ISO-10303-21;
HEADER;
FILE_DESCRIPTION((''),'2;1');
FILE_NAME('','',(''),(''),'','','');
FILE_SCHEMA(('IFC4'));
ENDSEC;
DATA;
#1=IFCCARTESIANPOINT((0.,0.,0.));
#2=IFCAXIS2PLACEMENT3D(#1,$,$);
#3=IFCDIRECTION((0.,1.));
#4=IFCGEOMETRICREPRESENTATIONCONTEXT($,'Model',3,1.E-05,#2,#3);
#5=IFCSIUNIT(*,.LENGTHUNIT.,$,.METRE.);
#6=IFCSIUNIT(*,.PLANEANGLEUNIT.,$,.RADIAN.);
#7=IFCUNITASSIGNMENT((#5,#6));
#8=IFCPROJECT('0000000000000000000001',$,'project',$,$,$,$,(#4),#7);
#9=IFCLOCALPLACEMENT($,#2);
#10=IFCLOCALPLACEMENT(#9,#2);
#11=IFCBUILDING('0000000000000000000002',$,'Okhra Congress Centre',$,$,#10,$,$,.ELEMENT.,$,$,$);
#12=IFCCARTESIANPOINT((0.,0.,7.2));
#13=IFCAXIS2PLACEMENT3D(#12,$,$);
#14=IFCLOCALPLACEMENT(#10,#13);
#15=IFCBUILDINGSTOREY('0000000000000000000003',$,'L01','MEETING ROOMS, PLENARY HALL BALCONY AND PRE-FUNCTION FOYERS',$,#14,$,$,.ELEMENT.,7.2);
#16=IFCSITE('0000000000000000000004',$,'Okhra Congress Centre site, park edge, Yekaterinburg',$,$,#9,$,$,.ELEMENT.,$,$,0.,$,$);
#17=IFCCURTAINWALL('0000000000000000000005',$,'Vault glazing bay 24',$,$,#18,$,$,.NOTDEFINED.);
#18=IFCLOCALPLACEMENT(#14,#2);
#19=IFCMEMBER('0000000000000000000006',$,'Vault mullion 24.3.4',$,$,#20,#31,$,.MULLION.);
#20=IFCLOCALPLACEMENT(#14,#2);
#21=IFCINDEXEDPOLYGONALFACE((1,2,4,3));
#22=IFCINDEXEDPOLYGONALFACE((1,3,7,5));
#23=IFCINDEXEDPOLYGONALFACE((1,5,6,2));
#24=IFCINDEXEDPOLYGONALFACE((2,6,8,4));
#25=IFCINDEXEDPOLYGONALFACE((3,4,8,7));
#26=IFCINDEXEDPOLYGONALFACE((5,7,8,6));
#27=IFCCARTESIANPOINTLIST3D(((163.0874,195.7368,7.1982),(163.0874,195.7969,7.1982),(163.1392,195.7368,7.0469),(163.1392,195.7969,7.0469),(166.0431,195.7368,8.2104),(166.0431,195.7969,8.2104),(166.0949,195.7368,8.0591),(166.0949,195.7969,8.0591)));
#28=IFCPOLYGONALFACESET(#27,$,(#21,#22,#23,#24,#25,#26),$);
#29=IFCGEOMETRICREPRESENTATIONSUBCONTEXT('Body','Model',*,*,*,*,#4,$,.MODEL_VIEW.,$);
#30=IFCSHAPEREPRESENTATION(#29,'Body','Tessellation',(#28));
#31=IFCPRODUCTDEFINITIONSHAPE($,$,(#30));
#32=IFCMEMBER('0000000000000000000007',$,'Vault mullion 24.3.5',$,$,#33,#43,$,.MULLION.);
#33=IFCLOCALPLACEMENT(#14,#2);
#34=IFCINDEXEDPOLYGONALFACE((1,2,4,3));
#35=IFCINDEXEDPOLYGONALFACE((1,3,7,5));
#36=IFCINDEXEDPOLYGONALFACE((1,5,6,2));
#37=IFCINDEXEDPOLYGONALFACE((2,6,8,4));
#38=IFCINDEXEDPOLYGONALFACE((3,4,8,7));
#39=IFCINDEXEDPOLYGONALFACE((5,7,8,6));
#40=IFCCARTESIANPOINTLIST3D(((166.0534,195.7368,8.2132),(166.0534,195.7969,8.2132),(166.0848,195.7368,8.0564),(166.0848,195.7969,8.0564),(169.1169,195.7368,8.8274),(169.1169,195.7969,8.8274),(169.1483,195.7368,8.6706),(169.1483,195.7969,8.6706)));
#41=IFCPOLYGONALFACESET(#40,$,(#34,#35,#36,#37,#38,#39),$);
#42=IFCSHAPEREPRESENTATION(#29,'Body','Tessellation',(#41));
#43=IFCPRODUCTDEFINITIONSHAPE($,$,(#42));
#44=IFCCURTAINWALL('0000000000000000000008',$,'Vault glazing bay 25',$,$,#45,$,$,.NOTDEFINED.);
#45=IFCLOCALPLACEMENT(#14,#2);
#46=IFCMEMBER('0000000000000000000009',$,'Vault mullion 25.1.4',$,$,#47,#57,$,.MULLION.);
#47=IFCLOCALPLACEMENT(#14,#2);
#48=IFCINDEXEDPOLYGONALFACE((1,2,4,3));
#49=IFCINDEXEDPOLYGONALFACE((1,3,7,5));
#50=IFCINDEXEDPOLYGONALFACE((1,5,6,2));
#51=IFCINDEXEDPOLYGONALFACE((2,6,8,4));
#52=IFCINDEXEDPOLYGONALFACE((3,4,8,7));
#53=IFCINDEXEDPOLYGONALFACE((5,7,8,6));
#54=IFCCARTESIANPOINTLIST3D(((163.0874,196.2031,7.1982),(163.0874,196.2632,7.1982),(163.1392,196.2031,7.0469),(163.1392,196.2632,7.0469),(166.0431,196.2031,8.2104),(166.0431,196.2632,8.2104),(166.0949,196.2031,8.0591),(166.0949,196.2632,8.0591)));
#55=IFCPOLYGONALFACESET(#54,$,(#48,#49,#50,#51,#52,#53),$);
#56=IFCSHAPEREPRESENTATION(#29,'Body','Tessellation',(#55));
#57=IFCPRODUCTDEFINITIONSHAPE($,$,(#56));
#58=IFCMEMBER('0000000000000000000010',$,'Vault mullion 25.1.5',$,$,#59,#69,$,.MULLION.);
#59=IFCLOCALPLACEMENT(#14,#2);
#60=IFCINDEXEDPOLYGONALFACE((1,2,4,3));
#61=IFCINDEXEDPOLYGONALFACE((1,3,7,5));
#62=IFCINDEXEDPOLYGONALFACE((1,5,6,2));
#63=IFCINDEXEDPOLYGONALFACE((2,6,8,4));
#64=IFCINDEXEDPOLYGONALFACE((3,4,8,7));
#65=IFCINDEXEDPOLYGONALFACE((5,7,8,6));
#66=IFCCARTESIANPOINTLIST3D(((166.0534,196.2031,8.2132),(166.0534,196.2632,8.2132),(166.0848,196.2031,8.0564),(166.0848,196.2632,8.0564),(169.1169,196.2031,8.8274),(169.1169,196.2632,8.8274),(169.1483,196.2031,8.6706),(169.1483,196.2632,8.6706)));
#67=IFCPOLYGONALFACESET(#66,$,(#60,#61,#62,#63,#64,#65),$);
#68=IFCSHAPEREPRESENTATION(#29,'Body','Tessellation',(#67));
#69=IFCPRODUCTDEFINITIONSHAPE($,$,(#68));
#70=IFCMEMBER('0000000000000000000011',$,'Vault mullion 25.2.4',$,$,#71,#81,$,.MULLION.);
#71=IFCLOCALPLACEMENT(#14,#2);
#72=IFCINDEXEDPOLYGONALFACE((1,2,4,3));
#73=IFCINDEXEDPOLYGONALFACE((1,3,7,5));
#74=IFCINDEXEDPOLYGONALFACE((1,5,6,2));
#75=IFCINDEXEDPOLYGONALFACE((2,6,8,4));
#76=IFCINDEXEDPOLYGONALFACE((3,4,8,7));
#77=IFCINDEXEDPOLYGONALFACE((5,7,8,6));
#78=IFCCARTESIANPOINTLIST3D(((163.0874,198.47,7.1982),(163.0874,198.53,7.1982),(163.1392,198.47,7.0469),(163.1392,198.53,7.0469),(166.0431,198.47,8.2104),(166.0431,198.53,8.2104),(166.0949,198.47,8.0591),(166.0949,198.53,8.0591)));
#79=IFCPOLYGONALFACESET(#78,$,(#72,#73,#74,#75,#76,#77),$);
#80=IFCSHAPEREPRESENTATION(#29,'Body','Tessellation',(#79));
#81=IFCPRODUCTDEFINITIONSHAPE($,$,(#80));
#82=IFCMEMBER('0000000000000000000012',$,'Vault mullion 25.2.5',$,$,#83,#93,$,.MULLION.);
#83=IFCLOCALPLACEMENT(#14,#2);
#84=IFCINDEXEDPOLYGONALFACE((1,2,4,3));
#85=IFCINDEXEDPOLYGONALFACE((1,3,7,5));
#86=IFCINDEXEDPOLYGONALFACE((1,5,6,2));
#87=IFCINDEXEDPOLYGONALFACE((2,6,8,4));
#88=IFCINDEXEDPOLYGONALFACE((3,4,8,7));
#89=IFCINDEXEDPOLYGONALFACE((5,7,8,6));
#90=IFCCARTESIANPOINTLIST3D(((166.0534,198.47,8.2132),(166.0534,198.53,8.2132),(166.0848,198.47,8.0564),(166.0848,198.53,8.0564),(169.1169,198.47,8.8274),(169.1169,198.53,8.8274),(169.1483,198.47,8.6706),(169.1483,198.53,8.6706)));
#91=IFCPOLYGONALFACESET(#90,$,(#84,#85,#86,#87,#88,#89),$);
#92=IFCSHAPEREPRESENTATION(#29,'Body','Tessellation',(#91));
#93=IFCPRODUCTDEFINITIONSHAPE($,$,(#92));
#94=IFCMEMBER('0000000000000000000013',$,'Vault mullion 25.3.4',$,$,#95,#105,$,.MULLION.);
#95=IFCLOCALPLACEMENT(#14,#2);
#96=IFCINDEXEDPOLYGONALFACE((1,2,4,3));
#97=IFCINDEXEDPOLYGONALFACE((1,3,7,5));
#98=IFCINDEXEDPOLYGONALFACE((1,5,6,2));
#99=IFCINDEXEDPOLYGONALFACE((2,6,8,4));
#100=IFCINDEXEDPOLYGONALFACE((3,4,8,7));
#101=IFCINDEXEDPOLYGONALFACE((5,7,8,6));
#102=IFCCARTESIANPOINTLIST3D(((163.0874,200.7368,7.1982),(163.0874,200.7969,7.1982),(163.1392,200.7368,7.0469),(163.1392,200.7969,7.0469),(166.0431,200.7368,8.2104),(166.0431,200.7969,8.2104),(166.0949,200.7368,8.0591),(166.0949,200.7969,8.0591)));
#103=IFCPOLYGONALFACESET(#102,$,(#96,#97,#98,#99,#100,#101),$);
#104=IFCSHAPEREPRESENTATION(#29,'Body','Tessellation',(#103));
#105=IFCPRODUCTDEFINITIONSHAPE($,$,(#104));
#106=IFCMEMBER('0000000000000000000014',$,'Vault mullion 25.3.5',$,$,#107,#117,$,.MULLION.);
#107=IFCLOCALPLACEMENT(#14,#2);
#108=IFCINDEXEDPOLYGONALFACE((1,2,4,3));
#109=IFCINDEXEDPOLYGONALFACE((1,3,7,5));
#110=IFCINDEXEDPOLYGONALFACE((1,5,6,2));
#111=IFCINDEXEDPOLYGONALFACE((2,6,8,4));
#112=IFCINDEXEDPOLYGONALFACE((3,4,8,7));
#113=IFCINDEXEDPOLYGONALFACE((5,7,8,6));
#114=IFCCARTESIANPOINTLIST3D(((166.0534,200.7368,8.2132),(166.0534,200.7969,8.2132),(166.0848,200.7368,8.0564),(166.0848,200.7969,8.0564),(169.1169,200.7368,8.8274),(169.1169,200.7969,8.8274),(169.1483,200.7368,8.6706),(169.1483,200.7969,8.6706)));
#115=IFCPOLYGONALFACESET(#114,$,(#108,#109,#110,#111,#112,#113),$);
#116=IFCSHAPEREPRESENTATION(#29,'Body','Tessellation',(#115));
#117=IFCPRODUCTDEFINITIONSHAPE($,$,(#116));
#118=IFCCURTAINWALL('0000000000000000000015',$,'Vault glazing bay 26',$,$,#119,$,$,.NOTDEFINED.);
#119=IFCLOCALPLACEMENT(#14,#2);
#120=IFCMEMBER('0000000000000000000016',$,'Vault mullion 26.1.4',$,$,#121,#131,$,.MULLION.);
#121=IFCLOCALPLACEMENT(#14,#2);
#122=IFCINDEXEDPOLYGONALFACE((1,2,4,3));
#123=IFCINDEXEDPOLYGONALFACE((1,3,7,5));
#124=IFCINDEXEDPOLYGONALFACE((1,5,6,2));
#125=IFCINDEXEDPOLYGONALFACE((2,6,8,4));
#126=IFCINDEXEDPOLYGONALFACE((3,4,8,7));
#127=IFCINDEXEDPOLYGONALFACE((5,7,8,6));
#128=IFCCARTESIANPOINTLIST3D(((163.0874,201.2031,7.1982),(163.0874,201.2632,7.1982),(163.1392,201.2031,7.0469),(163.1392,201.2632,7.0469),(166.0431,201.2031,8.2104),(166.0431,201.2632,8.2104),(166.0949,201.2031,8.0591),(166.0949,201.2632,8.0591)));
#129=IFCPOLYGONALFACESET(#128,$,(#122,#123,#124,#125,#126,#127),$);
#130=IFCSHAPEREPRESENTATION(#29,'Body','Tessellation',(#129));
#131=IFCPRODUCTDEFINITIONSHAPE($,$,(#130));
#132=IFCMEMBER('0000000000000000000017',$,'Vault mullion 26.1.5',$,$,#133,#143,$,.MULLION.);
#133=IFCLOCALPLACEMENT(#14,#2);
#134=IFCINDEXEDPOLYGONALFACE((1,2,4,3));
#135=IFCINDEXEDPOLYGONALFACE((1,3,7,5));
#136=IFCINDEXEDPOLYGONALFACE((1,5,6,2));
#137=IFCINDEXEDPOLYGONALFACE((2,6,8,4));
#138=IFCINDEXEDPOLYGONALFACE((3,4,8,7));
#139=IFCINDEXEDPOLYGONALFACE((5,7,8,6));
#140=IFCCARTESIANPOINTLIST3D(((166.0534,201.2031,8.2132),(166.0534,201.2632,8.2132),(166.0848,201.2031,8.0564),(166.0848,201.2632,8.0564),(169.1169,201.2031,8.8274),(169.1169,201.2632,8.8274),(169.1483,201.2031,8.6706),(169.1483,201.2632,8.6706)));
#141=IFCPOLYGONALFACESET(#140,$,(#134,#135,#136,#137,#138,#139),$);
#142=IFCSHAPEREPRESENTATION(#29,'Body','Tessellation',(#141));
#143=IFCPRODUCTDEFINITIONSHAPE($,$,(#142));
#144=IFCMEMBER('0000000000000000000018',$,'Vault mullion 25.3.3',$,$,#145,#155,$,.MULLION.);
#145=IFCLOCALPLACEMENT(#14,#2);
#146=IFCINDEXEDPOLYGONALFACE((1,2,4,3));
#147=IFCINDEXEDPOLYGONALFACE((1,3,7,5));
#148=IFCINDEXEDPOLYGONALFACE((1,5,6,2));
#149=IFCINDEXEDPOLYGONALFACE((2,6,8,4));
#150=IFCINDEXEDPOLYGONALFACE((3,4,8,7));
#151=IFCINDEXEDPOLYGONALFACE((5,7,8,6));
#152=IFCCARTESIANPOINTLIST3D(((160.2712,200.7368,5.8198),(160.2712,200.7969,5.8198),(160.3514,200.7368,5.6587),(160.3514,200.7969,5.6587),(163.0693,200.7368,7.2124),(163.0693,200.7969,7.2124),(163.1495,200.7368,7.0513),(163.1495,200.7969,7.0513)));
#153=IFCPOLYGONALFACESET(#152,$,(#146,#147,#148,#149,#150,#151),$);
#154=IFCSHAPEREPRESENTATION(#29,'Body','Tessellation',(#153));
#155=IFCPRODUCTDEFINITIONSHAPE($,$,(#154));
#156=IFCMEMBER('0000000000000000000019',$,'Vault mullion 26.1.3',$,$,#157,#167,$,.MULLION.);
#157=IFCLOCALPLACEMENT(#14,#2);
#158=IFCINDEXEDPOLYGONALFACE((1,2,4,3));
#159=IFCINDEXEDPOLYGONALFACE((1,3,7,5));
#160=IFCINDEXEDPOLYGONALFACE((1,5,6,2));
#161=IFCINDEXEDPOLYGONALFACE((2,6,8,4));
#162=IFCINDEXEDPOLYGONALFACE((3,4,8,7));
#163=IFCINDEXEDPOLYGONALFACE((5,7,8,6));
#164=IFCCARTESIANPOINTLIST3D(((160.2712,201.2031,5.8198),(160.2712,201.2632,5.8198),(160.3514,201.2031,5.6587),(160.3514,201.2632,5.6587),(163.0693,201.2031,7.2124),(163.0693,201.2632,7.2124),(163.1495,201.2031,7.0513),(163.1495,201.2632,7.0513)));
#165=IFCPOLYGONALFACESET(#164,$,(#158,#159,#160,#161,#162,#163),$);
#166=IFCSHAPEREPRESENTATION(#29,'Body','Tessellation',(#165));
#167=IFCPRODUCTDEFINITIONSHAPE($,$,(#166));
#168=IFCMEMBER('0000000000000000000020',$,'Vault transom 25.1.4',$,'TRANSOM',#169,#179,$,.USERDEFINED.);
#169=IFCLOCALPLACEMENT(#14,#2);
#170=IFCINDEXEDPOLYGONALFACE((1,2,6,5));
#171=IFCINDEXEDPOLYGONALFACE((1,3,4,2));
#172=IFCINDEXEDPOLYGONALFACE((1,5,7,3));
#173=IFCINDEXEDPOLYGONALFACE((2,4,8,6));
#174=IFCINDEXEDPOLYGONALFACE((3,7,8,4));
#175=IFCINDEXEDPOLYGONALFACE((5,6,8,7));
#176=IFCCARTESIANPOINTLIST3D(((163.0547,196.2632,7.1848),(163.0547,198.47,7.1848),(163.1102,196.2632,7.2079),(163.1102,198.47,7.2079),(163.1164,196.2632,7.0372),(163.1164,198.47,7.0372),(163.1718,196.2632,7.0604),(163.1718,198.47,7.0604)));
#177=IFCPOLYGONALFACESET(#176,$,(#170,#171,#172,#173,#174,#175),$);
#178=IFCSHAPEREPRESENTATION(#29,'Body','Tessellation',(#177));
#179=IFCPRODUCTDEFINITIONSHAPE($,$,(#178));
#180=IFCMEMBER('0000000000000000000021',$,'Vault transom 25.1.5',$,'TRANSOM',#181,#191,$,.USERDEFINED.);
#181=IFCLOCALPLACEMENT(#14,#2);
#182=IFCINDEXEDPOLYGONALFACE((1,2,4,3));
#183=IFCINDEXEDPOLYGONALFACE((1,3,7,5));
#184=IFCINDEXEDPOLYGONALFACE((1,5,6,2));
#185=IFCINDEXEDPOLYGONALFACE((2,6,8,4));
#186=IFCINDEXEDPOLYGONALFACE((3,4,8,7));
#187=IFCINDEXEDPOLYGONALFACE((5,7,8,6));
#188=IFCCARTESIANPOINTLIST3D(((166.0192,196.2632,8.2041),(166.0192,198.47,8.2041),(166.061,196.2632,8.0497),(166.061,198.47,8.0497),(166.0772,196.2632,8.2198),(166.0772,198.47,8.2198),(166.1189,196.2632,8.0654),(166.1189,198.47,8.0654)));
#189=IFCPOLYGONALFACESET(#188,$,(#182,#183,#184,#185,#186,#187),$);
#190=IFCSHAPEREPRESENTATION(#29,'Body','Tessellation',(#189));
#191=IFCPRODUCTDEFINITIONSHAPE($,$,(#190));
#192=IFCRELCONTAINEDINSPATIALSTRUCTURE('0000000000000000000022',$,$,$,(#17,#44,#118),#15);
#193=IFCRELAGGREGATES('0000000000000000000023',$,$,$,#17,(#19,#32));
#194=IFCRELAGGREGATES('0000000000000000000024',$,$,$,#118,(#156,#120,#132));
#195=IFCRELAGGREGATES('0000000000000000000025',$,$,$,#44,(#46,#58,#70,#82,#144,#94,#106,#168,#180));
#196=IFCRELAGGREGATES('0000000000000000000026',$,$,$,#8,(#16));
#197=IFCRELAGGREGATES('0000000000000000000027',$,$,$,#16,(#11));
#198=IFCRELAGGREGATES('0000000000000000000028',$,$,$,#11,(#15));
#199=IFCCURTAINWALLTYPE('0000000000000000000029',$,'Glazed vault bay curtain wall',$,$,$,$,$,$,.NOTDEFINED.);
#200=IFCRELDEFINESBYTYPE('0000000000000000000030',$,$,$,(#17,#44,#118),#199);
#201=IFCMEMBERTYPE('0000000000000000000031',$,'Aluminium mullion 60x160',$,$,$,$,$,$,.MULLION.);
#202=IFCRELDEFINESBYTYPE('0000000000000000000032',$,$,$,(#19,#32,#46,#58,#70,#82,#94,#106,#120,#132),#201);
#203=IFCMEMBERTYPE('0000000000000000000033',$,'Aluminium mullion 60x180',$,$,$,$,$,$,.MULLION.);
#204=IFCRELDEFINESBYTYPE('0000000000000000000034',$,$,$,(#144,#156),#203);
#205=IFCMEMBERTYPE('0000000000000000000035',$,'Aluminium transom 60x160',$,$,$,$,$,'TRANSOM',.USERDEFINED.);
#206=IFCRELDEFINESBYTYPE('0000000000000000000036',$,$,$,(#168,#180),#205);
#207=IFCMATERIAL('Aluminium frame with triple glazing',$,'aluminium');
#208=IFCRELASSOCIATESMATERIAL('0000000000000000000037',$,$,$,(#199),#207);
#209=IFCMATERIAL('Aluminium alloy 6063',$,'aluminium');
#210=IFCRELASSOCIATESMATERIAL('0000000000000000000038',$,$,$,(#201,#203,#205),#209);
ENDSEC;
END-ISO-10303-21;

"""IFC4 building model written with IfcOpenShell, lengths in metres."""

from ifc_helpers import new_model, si_unit, direction, frame, origin, origin_2d, place, context, subcontext, project, spatial, rectangle, extrude, material, material_profile, profile_set, type_object, element, aggregate, save


model = new_model("IFC4")

# Units and contexts
model_context = context("Model", 3, precision=1e-05, world=origin(), true_north=direction((0.0, 1.0)))
body_context = subcontext(model_context, "Body", "Model", "MODEL_VIEW")
ifc_project = project(units=[si_unit("LENGTHUNIT", "METRE"), si_unit("PLANEANGLEUNIT", "RADIAN")], contexts=[model_context])

# Site, building, storey
site_placement = place(None, origin())
site = spatial("IfcSite", under=ifc_project, at=site_placement, Name="Okhra Congress Centre site, park edge, Yekaterinburg", CompositionType="ELEMENT", RefElevation=0.0)
building_placement = place(site_placement, origin())
building = spatial("IfcBuilding", under=site, at=building_placement, Name="Okhra Congress Centre", CompositionType="ELEMENT")
storey_placement = place(building_placement, frame((0.0, 0.0, 7.2)))
storey = spatial("IfcBuildingStorey", under=building, at=storey_placement, Name="L01", Description="MEETING ROOMS, PLENARY HALL BALCONY AND PRE-FUNCTION FOYERS", CompositionType="ELEMENT", Elevation=7.2)

# Curtain walls, members
ifc_material_1 = material(Name="Aluminium frame with triple glazing", Category="aluminium")
curtain_wall_type = type_object("IfcCurtainWallType", Name="Glazed vault bay curtain wall", PredefinedType="NOTDEFINED", material=ifc_material_1)
curtain_wall_1_placement = place(storey_placement, origin())
curtain_wall_1 = element("IfcCurtainWall", 1, at=curtain_wall_1_placement, inside=storey, type_object=curtain_wall_type, Name="Vault glazing bay 24", PredefinedType="NOTDEFINED")
ifc_material_2 = material(Name="Aluminium alloy 6063", Category="aluminium")
ifc_material_profile_1 = material_profile(ifc_material_2, rectangle(XDim=0.0601, YDim=0.1599, at=origin_2d()), Name="AL 60x160")
ifc_profile_set_1 = profile_set([ifc_material_profile_1], Name="Aluminium alloy 6063")
member_type_1 = type_object("IfcMemberType", Name="Aluminium mullion 60x160", PredefinedType="MULLION", material=ifc_profile_set_1)
member_1_placement = place(storey_placement, frame((163.1133, 195.7668, 7.1226), z_axis=(0.946065, 0.0, 0.323977), x_axis=(0.0, 1.0, 0.0)))
member_1 = element("IfcMember", 2, at=member_1_placement, type_object=member_type_1, Name="Vault mullion 24.3.4", PredefinedType="MULLION", context=body_context, shape_type="SweptSolid", body=[
    extrude(rectangle(XDim=0.0601, YDim=0.1599, at=origin_2d()), origin(), (0.0, 0.0, 1.0), 3.1243),
])
member_2_placement = place(storey_placement, frame((166.0691, 195.7668, 8.1348), z_axis=(0.980484, 0.0, 0.196597), x_axis=(0.0, 1.0, 0.0)))
member_2 = element("IfcMember", 3, at=member_2_placement, type_object=member_type_1, Name="Vault mullion 24.3.5", PredefinedType="MULLION", context=body_context, shape_type="SweptSolid", body=[
    extrude(rectangle(XDim=0.0601, YDim=0.1599, at=origin_2d()), origin(), (0.0, 0.0, 1.0), 3.1245),
])
aggregate(curtain_wall_1, [member_1, member_2])
curtain_wall_2_placement = place(storey_placement, origin())
curtain_wall_2 = element("IfcCurtainWall", 4, at=curtain_wall_2_placement, inside=storey, type_object=curtain_wall_type, Name="Vault glazing bay 25", PredefinedType="NOTDEFINED")
member_3_placement = place(storey_placement, frame((163.1133, 196.2332, 7.1226), z_axis=(0.946065, 0.0, 0.323977), x_axis=(0.0, 1.0, 0.0)))
member_3 = element("IfcMember", 5, at=member_3_placement, type_object=member_type_1, Name="Vault mullion 25.1.4", PredefinedType="MULLION", context=body_context, shape_type="SweptSolid", body=[
    extrude(rectangle(XDim=0.0601, YDim=0.1599, at=origin_2d()), origin(), (0.0, 0.0, 1.0), 3.1243),
])
member_4_placement = place(storey_placement, frame((166.0691, 196.2332, 8.1348), z_axis=(0.980484, 0.0, 0.196597), x_axis=(0.0, 1.0, 0.0)))
member_4 = element("IfcMember", 6, at=member_4_placement, type_object=member_type_1, Name="Vault mullion 25.1.5", PredefinedType="MULLION", context=body_context, shape_type="SweptSolid", body=[
    extrude(rectangle(XDim=0.0601, YDim=0.1599, at=origin_2d()), origin(), (0.0, 0.0, 1.0), 3.1245),
])
member_5_placement = place(storey_placement, frame((163.1133, 198.5, 7.1226), z_axis=(0.946065, 0.0, 0.323977), x_axis=(0.0, 1.0, 0.0)))
member_5 = element("IfcMember", 7, at=member_5_placement, type_object=member_type_1, Name="Vault mullion 25.2.4", PredefinedType="MULLION", context=body_context, shape_type="SweptSolid", body=[
    extrude(rectangle(XDim=0.0601, YDim=0.1599, at=origin_2d()), origin(), (0.0, 0.0, 1.0), 3.1243),
])
member_6_placement = place(storey_placement, frame((166.0691, 198.5, 8.1348), z_axis=(0.980484, 0.0, 0.196597), x_axis=(0.0, 1.0, 0.0)))
member_6 = element("IfcMember", 8, at=member_6_placement, type_object=member_type_1, Name="Vault mullion 25.2.5", PredefinedType="MULLION", context=body_context, shape_type="SweptSolid", body=[
    extrude(rectangle(XDim=0.0601, YDim=0.1599, at=origin_2d()), origin(), (0.0, 0.0, 1.0), 3.1245),
])
member_7_placement = place(storey_placement, frame((163.1133, 200.7668, 7.1226), z_axis=(0.946065, 0.0, 0.323977), x_axis=(0.0, 1.0, 0.0)))
member_7 = element("IfcMember", 9, at=member_7_placement, type_object=member_type_1, Name="Vault mullion 25.3.4", PredefinedType="MULLION", context=body_context, shape_type="SweptSolid", body=[
    extrude(rectangle(XDim=0.0601, YDim=0.1599, at=origin_2d()), origin(), (0.0, 0.0, 1.0), 3.1243),
])
member_8_placement = place(storey_placement, frame((166.0691, 200.7668, 8.1348), z_axis=(0.980484, 0.0, 0.196597), x_axis=(0.0, 1.0, 0.0)))
member_8 = element("IfcMember", 10, at=member_8_placement, type_object=member_type_1, Name="Vault mullion 25.3.5", PredefinedType="MULLION", context=body_context, shape_type="SweptSolid", body=[
    extrude(rectangle(XDim=0.0601, YDim=0.1599, at=origin_2d()), origin(), (0.0, 0.0, 1.0), 3.1245),
])
curtain_wall_3_placement = place(storey_placement, origin())
curtain_wall_3 = element("IfcCurtainWall", 11, at=curtain_wall_3_placement, inside=storey, type_object=curtain_wall_type, Name="Vault glazing bay 26", PredefinedType="NOTDEFINED")
member_9_placement = place(storey_placement, frame((163.1133, 201.2332, 7.1226), z_axis=(0.946065, 0.0, 0.323977), x_axis=(0.0, 1.0, 0.0)))
member_9 = element("IfcMember", 12, at=member_9_placement, type_object=member_type_1, Name="Vault mullion 26.1.4", PredefinedType="MULLION", context=body_context, shape_type="SweptSolid", body=[
    extrude(rectangle(XDim=0.0601, YDim=0.1599, at=origin_2d()), origin(), (0.0, 0.0, 1.0), 3.1243),
])
member_10_placement = place(storey_placement, frame((166.0691, 201.2332, 8.1348), z_axis=(0.980484, 0.0, 0.196597), x_axis=(0.0, 1.0, 0.0)))
member_10 = element("IfcMember", 13, at=member_10_placement, type_object=member_type_1, Name="Vault mullion 26.1.5", PredefinedType="MULLION", context=body_context, shape_type="SweptSolid", body=[
    extrude(rectangle(XDim=0.0601, YDim=0.1599, at=origin_2d()), origin(), (0.0, 0.0, 1.0), 3.1245),
])

# Members
ifc_material_profile_2 = material_profile(ifc_material_2, rectangle(XDim=0.0601, YDim=0.1799, at=origin_2d()), Name="AL 60x180")
ifc_profile_set_2 = profile_set([ifc_material_profile_2], Name="Aluminium alloy 6063")
member_type_2 = type_object("IfcMemberType", Name="Aluminium mullion 60x180", PredefinedType="MULLION", material=ifc_profile_set_2)
member_11_placement = place(storey_placement, frame((160.3113, 200.7668, 5.7393), z_axis=(0.895254, 0.0, 0.445557), x_axis=(0.0, 1.0, 0.0)))
member_11 = element("IfcMember", 14, at=member_11_placement, type_object=member_type_2, Name="Vault mullion 25.3.3", PredefinedType="MULLION", context=body_context, shape_type="SweptSolid", body=[
    extrude(rectangle(XDim=0.0601, YDim=0.1799, at=origin_2d()), origin(), (0.0, 0.0, 1.0), 3.1255),
])
member_12_placement = place(storey_placement, frame((160.3113, 201.2332, 5.7393), z_axis=(0.895254, 0.0, 0.445557), x_axis=(0.0, 1.0, 0.0)))
member_12 = element("IfcMember", 15, at=member_12_placement, type_object=member_type_2, Name="Vault mullion 26.1.3", PredefinedType="MULLION", context=body_context, shape_type="SweptSolid", body=[
    extrude(rectangle(XDim=0.0601, YDim=0.1799, at=origin_2d()), origin(), (0.0, 0.0, 1.0), 3.1255),
])
aggregate(curtain_wall_3, [member_12, member_9, member_10])
ifc_material_profile_3 = material_profile(ifc_material_2, rectangle(XDim=0.0601, YDim=0.1599, at=origin_2d()), Name="AL 60x160 transom")
ifc_profile_set_3 = profile_set([ifc_material_profile_3], Name="Aluminium alloy 6063")
member_type_3 = type_object("IfcMemberType", Name="Aluminium transom 60x160", ElementType="TRANSOM", PredefinedType="USERDEFINED", material=ifc_profile_set_3)
member_13_placement = place(storey_placement, frame((163.1133, 196.2632, 7.1226), z_axis=(0.0, 1.0, 0.0), x_axis=(-0.922669, 0.0, -0.385593)))
member_13 = element("IfcMember", 16, at=member_13_placement, type_object=member_type_3, Name="Vault transom 25.1.4", ObjectType="TRANSOM", PredefinedType="USERDEFINED", context=body_context, shape_type="SweptSolid", body=[
    extrude(rectangle(XDim=0.0601, YDim=0.1599, at=origin_2d()), origin(), (0.0, 0.0, 1.0), 2.2068),
])
member_14_placement = place(storey_placement, frame((166.0691, 196.2632, 8.1348), z_axis=(0.0, 1.0, 0.0), x_axis=(-0.96538, 0.0, -0.260848)))
member_14 = element("IfcMember", 17, at=member_14_placement, type_object=member_type_3, Name="Vault transom 25.1.5", ObjectType="TRANSOM", PredefinedType="USERDEFINED", context=body_context, shape_type="SweptSolid", body=[
    extrude(rectangle(XDim=0.0601, YDim=0.1599, at=origin_2d()), origin(), (0.0, 0.0, 1.0), 2.2068),
])

aggregate(curtain_wall_2, [member_3, member_4, member_5, member_6, member_11, member_7, member_8, member_13, member_14])

save(model, "model.ifc")
